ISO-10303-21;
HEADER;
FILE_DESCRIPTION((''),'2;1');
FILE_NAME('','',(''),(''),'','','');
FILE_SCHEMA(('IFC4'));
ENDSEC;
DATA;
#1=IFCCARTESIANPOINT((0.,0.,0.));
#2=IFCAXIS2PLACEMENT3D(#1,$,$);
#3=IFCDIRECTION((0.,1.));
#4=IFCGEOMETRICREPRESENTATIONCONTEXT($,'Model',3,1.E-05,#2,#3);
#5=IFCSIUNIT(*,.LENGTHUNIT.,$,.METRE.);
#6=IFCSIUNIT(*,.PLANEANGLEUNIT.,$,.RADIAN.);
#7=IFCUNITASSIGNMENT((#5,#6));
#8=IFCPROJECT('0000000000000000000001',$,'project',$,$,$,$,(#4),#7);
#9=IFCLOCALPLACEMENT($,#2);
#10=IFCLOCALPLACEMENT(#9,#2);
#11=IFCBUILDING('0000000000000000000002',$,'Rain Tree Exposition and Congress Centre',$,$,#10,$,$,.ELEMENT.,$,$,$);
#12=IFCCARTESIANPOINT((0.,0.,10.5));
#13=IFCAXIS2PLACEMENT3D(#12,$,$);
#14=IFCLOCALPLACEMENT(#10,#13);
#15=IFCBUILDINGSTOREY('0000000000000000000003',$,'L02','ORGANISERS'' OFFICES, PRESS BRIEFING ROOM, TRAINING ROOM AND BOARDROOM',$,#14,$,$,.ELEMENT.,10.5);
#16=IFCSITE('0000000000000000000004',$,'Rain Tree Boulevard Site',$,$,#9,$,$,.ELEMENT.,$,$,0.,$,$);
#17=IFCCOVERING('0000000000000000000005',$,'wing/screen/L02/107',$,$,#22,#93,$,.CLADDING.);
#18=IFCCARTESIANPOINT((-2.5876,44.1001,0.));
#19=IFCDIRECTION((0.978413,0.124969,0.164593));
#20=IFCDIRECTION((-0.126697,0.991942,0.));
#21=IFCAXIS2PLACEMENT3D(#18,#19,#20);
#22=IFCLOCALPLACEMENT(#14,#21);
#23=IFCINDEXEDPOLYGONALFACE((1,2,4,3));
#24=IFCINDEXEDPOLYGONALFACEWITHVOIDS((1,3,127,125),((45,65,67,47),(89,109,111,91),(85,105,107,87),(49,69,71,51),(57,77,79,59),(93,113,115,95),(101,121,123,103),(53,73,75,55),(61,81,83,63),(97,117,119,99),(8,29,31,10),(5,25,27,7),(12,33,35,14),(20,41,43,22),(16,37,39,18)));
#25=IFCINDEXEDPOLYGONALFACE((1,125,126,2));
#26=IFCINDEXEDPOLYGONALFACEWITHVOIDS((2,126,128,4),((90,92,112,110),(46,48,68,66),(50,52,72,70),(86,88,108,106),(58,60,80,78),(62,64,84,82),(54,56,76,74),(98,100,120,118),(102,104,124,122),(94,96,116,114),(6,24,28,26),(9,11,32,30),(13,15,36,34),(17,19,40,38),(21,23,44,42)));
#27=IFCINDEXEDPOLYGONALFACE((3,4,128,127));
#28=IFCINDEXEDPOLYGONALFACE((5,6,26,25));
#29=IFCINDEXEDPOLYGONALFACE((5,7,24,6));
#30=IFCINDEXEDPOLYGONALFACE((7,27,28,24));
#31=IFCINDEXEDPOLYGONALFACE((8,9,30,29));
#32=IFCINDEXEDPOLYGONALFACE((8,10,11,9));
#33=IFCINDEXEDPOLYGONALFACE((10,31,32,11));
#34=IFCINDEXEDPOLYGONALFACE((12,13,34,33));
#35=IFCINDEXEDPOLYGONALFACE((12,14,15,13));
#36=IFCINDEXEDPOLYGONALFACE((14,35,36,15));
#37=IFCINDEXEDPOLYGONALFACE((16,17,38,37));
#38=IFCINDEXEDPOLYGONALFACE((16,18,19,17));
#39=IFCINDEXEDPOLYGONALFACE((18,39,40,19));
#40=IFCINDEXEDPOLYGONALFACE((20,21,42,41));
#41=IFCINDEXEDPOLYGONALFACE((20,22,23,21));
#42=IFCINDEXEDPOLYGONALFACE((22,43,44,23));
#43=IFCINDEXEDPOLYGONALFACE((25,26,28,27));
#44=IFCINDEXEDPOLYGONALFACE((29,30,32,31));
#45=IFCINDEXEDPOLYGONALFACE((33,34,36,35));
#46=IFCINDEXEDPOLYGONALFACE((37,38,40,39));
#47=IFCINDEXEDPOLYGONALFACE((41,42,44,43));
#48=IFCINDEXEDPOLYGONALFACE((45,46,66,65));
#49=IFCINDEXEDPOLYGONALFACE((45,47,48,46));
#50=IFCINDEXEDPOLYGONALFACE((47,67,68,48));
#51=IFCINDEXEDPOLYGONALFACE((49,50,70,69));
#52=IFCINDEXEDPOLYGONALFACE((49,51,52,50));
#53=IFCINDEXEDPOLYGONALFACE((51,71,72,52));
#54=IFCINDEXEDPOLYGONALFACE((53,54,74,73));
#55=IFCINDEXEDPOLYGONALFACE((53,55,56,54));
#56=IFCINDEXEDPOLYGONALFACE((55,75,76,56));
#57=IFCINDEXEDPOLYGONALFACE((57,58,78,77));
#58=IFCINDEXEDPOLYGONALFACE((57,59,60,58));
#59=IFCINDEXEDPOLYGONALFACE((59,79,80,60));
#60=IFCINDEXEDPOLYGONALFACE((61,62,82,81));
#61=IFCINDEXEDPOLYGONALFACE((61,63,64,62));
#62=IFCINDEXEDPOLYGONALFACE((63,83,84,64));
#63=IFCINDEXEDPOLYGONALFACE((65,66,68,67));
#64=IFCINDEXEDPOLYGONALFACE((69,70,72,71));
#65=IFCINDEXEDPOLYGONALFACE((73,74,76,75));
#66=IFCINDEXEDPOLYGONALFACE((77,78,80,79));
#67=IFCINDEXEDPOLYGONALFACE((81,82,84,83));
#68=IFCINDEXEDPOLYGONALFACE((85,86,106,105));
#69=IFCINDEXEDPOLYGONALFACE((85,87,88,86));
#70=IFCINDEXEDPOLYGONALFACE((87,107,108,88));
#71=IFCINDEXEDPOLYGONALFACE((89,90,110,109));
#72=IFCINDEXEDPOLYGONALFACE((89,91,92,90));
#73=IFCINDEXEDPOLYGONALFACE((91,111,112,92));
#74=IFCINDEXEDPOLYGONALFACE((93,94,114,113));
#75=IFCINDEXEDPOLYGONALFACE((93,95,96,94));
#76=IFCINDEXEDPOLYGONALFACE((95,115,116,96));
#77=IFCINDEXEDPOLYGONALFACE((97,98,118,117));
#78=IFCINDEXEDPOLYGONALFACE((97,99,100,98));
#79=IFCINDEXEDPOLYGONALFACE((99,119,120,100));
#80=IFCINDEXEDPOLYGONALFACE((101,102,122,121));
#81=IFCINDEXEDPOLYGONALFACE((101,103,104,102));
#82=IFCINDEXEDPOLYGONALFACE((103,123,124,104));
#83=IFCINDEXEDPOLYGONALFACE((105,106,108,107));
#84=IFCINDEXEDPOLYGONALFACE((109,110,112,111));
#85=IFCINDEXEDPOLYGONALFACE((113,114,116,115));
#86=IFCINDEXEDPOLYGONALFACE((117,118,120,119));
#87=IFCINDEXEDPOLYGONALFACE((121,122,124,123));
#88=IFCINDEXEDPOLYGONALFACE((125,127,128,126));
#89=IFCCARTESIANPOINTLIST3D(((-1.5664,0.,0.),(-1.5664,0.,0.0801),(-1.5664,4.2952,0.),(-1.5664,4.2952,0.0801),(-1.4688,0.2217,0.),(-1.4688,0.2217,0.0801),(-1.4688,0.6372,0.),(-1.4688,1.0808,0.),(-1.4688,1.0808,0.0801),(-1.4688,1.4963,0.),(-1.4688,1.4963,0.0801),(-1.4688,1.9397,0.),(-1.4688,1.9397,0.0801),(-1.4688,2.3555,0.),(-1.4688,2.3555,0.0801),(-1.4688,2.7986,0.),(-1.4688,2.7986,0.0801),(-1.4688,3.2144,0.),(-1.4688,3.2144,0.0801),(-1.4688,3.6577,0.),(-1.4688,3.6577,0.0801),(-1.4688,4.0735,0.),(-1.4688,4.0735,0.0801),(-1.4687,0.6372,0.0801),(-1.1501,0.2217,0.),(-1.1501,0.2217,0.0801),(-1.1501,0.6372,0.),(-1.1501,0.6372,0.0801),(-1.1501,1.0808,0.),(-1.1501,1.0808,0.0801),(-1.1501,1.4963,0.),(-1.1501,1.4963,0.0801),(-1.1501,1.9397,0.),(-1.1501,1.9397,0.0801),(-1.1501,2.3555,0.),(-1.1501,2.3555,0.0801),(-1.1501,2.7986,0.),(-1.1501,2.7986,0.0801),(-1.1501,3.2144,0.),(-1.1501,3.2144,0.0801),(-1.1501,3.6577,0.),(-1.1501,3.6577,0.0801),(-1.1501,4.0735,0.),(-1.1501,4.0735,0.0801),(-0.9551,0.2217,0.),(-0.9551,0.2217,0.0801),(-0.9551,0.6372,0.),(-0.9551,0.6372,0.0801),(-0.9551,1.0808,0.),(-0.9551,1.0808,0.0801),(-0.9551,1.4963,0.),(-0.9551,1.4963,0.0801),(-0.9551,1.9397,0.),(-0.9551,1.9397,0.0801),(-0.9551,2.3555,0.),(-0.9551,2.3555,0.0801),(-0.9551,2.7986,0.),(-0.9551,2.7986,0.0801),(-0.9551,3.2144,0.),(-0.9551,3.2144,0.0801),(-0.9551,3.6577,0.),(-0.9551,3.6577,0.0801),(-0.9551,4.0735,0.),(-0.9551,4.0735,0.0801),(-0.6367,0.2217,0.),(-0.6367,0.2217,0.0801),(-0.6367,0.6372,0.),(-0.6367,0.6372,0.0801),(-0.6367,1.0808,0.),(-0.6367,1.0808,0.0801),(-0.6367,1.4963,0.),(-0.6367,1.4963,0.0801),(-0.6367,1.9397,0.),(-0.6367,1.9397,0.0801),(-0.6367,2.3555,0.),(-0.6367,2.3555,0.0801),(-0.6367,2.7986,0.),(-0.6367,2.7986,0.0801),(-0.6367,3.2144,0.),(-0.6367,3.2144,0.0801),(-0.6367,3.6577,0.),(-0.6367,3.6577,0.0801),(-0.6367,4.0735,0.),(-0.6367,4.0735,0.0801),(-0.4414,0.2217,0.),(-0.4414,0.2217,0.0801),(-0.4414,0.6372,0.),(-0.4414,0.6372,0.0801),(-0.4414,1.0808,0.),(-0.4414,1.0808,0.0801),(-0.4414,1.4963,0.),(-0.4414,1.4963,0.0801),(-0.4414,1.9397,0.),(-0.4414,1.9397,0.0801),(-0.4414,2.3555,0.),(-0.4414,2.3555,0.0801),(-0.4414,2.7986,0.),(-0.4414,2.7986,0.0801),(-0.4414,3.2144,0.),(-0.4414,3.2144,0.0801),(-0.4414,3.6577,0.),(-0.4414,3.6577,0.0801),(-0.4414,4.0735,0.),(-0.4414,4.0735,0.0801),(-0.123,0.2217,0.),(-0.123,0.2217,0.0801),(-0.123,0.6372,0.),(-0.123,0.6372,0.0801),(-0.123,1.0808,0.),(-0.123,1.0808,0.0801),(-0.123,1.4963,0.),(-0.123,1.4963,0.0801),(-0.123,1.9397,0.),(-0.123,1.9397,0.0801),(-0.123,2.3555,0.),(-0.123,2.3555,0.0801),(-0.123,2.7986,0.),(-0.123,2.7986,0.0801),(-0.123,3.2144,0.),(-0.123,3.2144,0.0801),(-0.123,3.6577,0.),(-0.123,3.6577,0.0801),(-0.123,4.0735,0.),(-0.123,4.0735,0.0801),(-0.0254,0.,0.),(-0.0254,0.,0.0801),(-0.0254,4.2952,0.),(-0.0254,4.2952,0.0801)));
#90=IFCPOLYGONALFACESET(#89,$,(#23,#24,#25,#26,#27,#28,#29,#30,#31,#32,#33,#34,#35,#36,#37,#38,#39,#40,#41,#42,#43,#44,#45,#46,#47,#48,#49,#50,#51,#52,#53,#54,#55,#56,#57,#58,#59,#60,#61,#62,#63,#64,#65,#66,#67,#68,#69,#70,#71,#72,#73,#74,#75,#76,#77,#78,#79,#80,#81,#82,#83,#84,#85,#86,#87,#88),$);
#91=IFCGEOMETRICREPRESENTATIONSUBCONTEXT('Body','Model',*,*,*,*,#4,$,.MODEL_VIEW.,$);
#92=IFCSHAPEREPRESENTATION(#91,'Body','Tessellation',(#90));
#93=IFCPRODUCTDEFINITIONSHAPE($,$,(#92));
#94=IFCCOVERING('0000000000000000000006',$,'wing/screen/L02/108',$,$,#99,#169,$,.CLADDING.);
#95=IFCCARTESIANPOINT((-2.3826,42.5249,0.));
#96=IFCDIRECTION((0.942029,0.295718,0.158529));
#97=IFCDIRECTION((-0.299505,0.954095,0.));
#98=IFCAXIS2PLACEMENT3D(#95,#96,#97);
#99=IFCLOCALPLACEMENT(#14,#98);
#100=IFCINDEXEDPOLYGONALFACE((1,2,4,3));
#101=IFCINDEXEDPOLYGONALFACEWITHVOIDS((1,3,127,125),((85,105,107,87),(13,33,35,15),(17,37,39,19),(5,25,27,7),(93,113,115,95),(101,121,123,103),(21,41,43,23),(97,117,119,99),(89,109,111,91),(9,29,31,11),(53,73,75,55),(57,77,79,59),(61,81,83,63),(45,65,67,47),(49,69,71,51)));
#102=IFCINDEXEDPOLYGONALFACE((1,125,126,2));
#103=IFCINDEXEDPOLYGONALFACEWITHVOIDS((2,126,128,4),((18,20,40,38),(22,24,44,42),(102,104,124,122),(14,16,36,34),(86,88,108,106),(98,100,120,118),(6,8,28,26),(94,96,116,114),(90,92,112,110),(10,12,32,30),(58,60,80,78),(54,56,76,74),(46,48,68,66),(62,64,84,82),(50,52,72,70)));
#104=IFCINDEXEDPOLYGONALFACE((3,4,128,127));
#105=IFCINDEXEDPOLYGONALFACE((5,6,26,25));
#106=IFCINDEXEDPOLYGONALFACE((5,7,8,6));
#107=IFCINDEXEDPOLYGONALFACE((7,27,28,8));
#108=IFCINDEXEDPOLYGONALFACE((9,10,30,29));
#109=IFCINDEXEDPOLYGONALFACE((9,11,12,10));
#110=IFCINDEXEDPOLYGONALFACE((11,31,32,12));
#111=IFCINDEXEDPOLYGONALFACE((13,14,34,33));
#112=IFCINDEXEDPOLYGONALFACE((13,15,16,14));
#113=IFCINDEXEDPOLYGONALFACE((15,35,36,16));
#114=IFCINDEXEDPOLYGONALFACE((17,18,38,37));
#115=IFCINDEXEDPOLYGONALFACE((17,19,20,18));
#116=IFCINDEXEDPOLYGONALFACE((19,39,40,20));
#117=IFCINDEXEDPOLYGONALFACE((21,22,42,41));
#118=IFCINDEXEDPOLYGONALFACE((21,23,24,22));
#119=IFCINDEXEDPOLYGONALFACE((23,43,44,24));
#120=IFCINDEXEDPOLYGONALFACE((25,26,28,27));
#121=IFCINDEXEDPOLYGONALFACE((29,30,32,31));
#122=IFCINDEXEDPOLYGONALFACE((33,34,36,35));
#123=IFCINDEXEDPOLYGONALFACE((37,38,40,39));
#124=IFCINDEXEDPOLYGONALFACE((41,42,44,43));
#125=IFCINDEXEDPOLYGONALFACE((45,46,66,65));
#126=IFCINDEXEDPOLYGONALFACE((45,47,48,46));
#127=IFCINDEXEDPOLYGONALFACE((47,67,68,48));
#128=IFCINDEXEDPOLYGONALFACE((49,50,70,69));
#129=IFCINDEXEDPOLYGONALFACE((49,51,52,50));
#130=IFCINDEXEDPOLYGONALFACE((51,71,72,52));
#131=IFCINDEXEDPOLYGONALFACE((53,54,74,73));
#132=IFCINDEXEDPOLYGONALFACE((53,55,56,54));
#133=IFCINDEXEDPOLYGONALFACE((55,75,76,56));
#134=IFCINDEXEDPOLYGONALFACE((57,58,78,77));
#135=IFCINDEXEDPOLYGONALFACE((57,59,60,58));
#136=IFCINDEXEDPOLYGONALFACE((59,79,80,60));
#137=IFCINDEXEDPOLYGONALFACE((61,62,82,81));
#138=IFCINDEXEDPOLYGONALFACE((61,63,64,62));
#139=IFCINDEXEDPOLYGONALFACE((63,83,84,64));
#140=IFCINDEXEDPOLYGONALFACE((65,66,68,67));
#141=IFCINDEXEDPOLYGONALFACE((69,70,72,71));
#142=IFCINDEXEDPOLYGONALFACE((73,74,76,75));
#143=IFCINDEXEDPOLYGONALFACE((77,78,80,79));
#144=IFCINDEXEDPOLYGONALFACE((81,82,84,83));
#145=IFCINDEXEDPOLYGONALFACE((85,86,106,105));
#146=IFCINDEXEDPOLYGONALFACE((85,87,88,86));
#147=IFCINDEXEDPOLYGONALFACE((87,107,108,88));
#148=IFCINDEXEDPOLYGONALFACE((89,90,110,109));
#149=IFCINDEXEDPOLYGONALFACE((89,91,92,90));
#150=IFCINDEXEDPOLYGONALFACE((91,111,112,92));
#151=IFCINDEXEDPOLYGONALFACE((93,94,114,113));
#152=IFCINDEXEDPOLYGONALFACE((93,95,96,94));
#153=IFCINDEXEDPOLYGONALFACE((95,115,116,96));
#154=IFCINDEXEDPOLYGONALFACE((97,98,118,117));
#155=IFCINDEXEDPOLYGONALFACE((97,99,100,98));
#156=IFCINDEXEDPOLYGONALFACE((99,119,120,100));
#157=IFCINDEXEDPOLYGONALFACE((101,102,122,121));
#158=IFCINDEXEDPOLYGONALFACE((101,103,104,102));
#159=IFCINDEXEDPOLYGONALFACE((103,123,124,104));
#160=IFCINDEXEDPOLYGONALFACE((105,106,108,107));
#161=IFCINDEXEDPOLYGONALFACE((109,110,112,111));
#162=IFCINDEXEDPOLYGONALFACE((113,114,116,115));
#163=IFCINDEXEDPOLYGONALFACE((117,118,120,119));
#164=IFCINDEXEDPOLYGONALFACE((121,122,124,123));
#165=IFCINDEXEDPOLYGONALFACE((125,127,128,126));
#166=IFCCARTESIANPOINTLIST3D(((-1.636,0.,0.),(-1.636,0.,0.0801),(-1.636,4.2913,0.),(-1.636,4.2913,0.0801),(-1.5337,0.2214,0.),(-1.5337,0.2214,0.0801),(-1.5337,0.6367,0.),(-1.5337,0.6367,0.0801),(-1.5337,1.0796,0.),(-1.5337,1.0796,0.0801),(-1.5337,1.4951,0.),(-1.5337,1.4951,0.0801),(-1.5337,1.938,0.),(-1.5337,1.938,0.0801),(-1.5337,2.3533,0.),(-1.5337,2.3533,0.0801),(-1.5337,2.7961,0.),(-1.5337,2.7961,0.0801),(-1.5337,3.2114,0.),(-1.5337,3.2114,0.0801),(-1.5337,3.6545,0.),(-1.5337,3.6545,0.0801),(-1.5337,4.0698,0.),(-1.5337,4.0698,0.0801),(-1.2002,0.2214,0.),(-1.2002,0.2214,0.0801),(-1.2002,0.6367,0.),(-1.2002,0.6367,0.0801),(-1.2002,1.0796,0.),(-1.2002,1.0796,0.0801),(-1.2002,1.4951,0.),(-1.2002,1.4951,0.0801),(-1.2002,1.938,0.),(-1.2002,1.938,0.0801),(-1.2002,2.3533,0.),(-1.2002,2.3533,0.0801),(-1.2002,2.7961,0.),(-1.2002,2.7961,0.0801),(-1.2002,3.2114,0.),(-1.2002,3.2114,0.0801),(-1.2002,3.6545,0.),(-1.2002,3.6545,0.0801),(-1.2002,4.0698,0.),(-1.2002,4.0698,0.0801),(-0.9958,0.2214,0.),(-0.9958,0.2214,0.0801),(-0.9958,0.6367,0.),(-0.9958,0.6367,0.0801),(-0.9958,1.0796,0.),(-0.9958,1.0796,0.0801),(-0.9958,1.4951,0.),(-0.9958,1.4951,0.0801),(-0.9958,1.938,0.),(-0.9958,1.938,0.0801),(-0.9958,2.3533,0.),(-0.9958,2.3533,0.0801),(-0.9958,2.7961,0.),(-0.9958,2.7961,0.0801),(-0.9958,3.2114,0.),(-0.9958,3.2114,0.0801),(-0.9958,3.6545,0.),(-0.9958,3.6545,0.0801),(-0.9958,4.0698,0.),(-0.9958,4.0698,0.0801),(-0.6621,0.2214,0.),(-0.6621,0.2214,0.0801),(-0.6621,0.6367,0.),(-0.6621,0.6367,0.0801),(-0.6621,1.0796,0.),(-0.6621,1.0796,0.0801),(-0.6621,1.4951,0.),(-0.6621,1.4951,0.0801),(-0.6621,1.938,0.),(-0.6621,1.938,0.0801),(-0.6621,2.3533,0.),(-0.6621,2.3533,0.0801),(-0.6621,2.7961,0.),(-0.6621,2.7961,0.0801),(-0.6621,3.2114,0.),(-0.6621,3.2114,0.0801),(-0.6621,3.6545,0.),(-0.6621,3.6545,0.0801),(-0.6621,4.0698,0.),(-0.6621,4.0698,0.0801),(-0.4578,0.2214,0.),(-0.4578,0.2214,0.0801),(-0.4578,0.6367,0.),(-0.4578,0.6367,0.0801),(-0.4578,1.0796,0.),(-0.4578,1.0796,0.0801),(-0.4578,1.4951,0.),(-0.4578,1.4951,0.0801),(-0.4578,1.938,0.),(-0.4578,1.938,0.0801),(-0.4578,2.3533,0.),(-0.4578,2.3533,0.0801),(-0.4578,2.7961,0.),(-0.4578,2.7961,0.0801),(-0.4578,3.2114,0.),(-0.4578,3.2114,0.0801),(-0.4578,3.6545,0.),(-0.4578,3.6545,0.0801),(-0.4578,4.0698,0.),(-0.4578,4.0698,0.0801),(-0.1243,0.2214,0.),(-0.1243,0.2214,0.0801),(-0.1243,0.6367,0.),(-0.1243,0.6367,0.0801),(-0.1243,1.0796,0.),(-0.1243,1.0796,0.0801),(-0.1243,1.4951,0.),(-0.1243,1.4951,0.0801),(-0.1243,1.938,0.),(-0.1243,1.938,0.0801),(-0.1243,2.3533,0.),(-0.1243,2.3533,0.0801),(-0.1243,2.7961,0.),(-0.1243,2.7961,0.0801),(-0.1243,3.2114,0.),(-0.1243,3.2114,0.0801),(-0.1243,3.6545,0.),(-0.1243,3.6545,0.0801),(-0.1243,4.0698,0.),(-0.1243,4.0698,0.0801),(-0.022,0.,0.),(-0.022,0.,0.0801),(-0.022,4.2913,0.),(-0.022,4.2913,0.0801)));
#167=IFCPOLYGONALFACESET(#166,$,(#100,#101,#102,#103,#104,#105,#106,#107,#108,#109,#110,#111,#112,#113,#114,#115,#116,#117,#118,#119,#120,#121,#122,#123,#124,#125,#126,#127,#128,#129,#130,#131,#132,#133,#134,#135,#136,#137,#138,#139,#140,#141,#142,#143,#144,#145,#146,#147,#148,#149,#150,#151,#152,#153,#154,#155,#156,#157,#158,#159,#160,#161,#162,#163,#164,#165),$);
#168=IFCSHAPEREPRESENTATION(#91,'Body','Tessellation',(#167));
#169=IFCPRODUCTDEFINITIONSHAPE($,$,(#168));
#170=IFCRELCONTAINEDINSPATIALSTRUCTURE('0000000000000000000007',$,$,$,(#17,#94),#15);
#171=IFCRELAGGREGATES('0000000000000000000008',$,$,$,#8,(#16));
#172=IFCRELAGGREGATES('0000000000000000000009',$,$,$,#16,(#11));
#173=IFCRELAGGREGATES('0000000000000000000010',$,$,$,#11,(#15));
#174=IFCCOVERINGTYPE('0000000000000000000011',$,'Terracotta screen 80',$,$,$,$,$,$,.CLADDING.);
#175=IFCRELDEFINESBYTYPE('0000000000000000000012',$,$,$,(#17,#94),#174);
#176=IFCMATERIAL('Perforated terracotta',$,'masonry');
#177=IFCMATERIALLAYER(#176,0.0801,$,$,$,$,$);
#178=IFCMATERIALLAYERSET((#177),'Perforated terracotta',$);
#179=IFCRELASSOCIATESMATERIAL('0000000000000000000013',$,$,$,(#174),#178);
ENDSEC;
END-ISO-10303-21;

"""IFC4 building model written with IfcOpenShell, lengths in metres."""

from ifc_helpers import new_model, si_unit, direction, frame, origin, place, context, subcontext, project, spatial, polyline, outline, extrude, material, layer, layer_set, type_object, element, save


model = new_model("IFC4")

# Units and contexts
model_context = context("Model", 3, precision=1e-05, world=origin(), true_north=direction((0.0, 1.0)))
body_context = subcontext(model_context, "Body", "Model", "MODEL_VIEW")
ifc_project = project(units=[si_unit("LENGTHUNIT", "METRE"), si_unit("PLANEANGLEUNIT", "RADIAN")], contexts=[model_context])

# Site, building, storey
site_placement = place(None, origin())
site = spatial("IfcSite", under=ifc_project, at=site_placement, Name="Rain Tree Boulevard Site", CompositionType="ELEMENT", RefElevation=0.0)
building_placement = place(site_placement, origin())
building = spatial("IfcBuilding", under=site, at=building_placement, Name="Rain Tree Exposition and Congress Centre", CompositionType="ELEMENT")
storey_placement = place(building_placement, frame((0.0, 0.0, 10.5)))
storey = spatial("IfcBuildingStorey", under=building, at=storey_placement, Name="L02", Description="ORGANISERS' OFFICES, PRESS BRIEFING ROOM, TRAINING ROOM AND BOARDROOM", CompositionType="ELEMENT", Elevation=10.5)

# Coverings
ifc_material_1 = material(Name="Perforated terracotta", Category="masonry")
ifc_layer_1 = layer(ifc_material_1, 0.0801)
ifc_layer_set_1 = layer_set([ifc_layer_1], Name="Perforated terracotta")
covering_type = type_object("IfcCoveringType", Name="Terracotta screen 80", PredefinedType="CLADDING", material=ifc_layer_set_1)
covering_1_placement = place(storey_placement, frame((-2.5876, 44.1001, 0.0), z_axis=(0.978413, 0.124969, 0.164593), x_axis=(-0.126697, 0.991942, 0.0)))
element("IfcCovering", 1, at=covering_1_placement, inside=storey, type_object=covering_type, Name="wing/screen/L02/107", PredefinedType="CLADDING", context=body_context, shape_type="SweptSolid", body=[
    extrude(outline(polyline([(-1.5664, 0.0), (-1.5664, 4.2952), (-0.0254, 4.2952), (-0.0254, 0.0), (-1.5664, 0.0)]), holes=[polyline([(-0.123, 0.2217), (-0.123, 0.6372), (-0.4414, 0.6372), (-0.4414, 0.2217), (-0.123, 0.2217)]), polyline([(-0.123, 1.0808), (-0.123, 1.4963), (-0.4414, 1.4963), (-0.4414, 1.0808), (-0.123, 1.0808)]), polyline([(-0.123, 1.9397), (-0.123, 2.3555), (-0.4414, 2.3555), (-0.4414, 1.9397), (-0.123, 1.9397)]), polyline([(-0.123, 2.7986), (-0.123, 3.2144), (-0.4414, 3.2144), (-0.4414, 2.7986), (-0.123, 2.7986)]), polyline([(-0.123, 3.6577), (-0.123, 4.0735), (-0.4414, 4.0735), (-0.4414, 3.6577), (-0.123, 3.6577)]), polyline([(-0.6367, 0.2217), (-0.6367, 0.6372), (-0.9551, 0.6372), (-0.9551, 0.2217), (-0.6367, 0.2217)]), polyline([(-0.6367, 1.0808), (-0.6367, 1.4963), (-0.9551, 1.4963), (-0.9551, 1.0808), (-0.6367, 1.0808)]), polyline([(-0.6367, 1.9397), (-0.6367, 2.3555), (-0.9551, 2.3555), (-0.9551, 1.9397), (-0.6367, 1.9397)]), polyline([(-0.6367, 2.7986), (-0.6367, 3.2144), (-0.9551, 3.2144), (-0.9551, 2.7986), (-0.6367, 2.7986)]), polyline([(-0.6367, 3.6577), (-0.6367, 4.0735), (-0.9551, 4.0735), (-0.9551, 3.6577), (-0.6367, 3.6577)]), polyline([(-1.1501, 0.2217), (-1.1501, 0.6372), (-1.4688, 0.6372), (-1.4688, 0.2217), (-1.1501, 0.2217)]), polyline([(-1.1501, 1.0808), (-1.1501, 1.4963), (-1.4688, 1.4963), (-1.4688, 1.0808), (-1.1501, 1.0808)]), polyline([(-1.1501, 1.9397), (-1.1501, 2.3555), (-1.4688, 2.3555), (-1.4688, 1.9397), (-1.1501, 1.9397)]), polyline([(-1.1501, 2.7986), (-1.1501, 3.2144), (-1.4688, 3.2144), (-1.4688, 2.7986), (-1.1501, 2.7986)]), polyline([(-1.1501, 3.6577), (-1.1501, 4.0735), (-1.4688, 4.0735), (-1.4688, 3.6577), (-1.1501, 3.6577)])]), origin(), (0.0, 0.0, 1.0), 0.0801),
])
covering_2_placement = place(storey_placement, frame((-2.3826, 42.5249, 0.0), z_axis=(0.942029, 0.295718, 0.158529), x_axis=(-0.299505, 0.954095, 0.0)))
element("IfcCovering", 2, at=covering_2_placement, inside=storey, type_object=covering_type, Name="wing/screen/L02/108", PredefinedType="CLADDING", context=body_context, shape_type="SweptSolid", body=[
    extrude(outline(polyline([(-1.636, 0.0), (-1.636, 4.2913), (-0.022, 4.2913), (-0.022, 0.0), (-1.636, 0.0)]), holes=[polyline([(-0.1243, 0.2214), (-0.1243, 0.6367), (-0.4578, 0.6367), (-0.4578, 0.2214), (-0.1243, 0.2214)]), polyline([(-0.1243, 1.0796), (-0.1243, 1.4951), (-0.4578, 1.4951), (-0.4578, 1.0796), (-0.1243, 1.0796)]), polyline([(-0.1243, 1.938), (-0.1243, 2.3533), (-0.4578, 2.3533), (-0.4578, 1.938), (-0.1243, 1.938)]), polyline([(-0.1243, 2.7961), (-0.1243, 3.2114), (-0.4578, 3.2114), (-0.4578, 2.7961), (-0.1243, 2.7961)]), polyline([(-0.1243, 3.6545), (-0.1243, 4.0698), (-0.4578, 4.0698), (-0.4578, 3.6545), (-0.1243, 3.6545)]), polyline([(-0.6621, 0.2214), (-0.6621, 0.6367), (-0.9958, 0.6367), (-0.9958, 0.2214), (-0.6621, 0.2214)]), polyline([(-0.6621, 1.0796), (-0.6621, 1.4951), (-0.9958, 1.4951), (-0.9958, 1.0796), (-0.6621, 1.0796)]), polyline([(-0.6621, 1.938), (-0.6621, 2.3533), (-0.9958, 2.3533), (-0.9958, 1.938), (-0.6621, 1.938)]), polyline([(-0.6621, 2.7961), (-0.6621, 3.2114), (-0.9958, 3.2114), (-0.9958, 2.7961), (-0.6621, 2.7961)]), polyline([(-0.6621, 3.6545), (-0.6621, 4.0698), (-0.9958, 4.0698), (-0.9958, 3.6545), (-0.6621, 3.6545)]), polyline([(-1.2002, 0.2214), (-1.2002, 0.6367), (-1.5337, 0.6367), (-1.5337, 0.2214), (-1.2002, 0.2214)]), polyline([(-1.2002, 1.0796), (-1.2002, 1.4951), (-1.5337, 1.4951), (-1.5337, 1.0796), (-1.2002, 1.0796)]), polyline([(-1.2002, 1.938), (-1.2002, 2.3533), (-1.5337, 2.3533), (-1.5337, 1.938), (-1.2002, 1.938)]), polyline([(-1.2002, 2.7961), (-1.2002, 3.2114), (-1.5337, 3.2114), (-1.5337, 2.7961), (-1.2002, 2.7961)]), polyline([(-1.2002, 3.6545), (-1.2002, 4.0698), (-1.5337, 4.0698), (-1.5337, 3.6545), (-1.2002, 3.6545)])]), origin(), (0.0, 0.0, 1.0), 0.0801),
])

save(model, "model.ifc")
